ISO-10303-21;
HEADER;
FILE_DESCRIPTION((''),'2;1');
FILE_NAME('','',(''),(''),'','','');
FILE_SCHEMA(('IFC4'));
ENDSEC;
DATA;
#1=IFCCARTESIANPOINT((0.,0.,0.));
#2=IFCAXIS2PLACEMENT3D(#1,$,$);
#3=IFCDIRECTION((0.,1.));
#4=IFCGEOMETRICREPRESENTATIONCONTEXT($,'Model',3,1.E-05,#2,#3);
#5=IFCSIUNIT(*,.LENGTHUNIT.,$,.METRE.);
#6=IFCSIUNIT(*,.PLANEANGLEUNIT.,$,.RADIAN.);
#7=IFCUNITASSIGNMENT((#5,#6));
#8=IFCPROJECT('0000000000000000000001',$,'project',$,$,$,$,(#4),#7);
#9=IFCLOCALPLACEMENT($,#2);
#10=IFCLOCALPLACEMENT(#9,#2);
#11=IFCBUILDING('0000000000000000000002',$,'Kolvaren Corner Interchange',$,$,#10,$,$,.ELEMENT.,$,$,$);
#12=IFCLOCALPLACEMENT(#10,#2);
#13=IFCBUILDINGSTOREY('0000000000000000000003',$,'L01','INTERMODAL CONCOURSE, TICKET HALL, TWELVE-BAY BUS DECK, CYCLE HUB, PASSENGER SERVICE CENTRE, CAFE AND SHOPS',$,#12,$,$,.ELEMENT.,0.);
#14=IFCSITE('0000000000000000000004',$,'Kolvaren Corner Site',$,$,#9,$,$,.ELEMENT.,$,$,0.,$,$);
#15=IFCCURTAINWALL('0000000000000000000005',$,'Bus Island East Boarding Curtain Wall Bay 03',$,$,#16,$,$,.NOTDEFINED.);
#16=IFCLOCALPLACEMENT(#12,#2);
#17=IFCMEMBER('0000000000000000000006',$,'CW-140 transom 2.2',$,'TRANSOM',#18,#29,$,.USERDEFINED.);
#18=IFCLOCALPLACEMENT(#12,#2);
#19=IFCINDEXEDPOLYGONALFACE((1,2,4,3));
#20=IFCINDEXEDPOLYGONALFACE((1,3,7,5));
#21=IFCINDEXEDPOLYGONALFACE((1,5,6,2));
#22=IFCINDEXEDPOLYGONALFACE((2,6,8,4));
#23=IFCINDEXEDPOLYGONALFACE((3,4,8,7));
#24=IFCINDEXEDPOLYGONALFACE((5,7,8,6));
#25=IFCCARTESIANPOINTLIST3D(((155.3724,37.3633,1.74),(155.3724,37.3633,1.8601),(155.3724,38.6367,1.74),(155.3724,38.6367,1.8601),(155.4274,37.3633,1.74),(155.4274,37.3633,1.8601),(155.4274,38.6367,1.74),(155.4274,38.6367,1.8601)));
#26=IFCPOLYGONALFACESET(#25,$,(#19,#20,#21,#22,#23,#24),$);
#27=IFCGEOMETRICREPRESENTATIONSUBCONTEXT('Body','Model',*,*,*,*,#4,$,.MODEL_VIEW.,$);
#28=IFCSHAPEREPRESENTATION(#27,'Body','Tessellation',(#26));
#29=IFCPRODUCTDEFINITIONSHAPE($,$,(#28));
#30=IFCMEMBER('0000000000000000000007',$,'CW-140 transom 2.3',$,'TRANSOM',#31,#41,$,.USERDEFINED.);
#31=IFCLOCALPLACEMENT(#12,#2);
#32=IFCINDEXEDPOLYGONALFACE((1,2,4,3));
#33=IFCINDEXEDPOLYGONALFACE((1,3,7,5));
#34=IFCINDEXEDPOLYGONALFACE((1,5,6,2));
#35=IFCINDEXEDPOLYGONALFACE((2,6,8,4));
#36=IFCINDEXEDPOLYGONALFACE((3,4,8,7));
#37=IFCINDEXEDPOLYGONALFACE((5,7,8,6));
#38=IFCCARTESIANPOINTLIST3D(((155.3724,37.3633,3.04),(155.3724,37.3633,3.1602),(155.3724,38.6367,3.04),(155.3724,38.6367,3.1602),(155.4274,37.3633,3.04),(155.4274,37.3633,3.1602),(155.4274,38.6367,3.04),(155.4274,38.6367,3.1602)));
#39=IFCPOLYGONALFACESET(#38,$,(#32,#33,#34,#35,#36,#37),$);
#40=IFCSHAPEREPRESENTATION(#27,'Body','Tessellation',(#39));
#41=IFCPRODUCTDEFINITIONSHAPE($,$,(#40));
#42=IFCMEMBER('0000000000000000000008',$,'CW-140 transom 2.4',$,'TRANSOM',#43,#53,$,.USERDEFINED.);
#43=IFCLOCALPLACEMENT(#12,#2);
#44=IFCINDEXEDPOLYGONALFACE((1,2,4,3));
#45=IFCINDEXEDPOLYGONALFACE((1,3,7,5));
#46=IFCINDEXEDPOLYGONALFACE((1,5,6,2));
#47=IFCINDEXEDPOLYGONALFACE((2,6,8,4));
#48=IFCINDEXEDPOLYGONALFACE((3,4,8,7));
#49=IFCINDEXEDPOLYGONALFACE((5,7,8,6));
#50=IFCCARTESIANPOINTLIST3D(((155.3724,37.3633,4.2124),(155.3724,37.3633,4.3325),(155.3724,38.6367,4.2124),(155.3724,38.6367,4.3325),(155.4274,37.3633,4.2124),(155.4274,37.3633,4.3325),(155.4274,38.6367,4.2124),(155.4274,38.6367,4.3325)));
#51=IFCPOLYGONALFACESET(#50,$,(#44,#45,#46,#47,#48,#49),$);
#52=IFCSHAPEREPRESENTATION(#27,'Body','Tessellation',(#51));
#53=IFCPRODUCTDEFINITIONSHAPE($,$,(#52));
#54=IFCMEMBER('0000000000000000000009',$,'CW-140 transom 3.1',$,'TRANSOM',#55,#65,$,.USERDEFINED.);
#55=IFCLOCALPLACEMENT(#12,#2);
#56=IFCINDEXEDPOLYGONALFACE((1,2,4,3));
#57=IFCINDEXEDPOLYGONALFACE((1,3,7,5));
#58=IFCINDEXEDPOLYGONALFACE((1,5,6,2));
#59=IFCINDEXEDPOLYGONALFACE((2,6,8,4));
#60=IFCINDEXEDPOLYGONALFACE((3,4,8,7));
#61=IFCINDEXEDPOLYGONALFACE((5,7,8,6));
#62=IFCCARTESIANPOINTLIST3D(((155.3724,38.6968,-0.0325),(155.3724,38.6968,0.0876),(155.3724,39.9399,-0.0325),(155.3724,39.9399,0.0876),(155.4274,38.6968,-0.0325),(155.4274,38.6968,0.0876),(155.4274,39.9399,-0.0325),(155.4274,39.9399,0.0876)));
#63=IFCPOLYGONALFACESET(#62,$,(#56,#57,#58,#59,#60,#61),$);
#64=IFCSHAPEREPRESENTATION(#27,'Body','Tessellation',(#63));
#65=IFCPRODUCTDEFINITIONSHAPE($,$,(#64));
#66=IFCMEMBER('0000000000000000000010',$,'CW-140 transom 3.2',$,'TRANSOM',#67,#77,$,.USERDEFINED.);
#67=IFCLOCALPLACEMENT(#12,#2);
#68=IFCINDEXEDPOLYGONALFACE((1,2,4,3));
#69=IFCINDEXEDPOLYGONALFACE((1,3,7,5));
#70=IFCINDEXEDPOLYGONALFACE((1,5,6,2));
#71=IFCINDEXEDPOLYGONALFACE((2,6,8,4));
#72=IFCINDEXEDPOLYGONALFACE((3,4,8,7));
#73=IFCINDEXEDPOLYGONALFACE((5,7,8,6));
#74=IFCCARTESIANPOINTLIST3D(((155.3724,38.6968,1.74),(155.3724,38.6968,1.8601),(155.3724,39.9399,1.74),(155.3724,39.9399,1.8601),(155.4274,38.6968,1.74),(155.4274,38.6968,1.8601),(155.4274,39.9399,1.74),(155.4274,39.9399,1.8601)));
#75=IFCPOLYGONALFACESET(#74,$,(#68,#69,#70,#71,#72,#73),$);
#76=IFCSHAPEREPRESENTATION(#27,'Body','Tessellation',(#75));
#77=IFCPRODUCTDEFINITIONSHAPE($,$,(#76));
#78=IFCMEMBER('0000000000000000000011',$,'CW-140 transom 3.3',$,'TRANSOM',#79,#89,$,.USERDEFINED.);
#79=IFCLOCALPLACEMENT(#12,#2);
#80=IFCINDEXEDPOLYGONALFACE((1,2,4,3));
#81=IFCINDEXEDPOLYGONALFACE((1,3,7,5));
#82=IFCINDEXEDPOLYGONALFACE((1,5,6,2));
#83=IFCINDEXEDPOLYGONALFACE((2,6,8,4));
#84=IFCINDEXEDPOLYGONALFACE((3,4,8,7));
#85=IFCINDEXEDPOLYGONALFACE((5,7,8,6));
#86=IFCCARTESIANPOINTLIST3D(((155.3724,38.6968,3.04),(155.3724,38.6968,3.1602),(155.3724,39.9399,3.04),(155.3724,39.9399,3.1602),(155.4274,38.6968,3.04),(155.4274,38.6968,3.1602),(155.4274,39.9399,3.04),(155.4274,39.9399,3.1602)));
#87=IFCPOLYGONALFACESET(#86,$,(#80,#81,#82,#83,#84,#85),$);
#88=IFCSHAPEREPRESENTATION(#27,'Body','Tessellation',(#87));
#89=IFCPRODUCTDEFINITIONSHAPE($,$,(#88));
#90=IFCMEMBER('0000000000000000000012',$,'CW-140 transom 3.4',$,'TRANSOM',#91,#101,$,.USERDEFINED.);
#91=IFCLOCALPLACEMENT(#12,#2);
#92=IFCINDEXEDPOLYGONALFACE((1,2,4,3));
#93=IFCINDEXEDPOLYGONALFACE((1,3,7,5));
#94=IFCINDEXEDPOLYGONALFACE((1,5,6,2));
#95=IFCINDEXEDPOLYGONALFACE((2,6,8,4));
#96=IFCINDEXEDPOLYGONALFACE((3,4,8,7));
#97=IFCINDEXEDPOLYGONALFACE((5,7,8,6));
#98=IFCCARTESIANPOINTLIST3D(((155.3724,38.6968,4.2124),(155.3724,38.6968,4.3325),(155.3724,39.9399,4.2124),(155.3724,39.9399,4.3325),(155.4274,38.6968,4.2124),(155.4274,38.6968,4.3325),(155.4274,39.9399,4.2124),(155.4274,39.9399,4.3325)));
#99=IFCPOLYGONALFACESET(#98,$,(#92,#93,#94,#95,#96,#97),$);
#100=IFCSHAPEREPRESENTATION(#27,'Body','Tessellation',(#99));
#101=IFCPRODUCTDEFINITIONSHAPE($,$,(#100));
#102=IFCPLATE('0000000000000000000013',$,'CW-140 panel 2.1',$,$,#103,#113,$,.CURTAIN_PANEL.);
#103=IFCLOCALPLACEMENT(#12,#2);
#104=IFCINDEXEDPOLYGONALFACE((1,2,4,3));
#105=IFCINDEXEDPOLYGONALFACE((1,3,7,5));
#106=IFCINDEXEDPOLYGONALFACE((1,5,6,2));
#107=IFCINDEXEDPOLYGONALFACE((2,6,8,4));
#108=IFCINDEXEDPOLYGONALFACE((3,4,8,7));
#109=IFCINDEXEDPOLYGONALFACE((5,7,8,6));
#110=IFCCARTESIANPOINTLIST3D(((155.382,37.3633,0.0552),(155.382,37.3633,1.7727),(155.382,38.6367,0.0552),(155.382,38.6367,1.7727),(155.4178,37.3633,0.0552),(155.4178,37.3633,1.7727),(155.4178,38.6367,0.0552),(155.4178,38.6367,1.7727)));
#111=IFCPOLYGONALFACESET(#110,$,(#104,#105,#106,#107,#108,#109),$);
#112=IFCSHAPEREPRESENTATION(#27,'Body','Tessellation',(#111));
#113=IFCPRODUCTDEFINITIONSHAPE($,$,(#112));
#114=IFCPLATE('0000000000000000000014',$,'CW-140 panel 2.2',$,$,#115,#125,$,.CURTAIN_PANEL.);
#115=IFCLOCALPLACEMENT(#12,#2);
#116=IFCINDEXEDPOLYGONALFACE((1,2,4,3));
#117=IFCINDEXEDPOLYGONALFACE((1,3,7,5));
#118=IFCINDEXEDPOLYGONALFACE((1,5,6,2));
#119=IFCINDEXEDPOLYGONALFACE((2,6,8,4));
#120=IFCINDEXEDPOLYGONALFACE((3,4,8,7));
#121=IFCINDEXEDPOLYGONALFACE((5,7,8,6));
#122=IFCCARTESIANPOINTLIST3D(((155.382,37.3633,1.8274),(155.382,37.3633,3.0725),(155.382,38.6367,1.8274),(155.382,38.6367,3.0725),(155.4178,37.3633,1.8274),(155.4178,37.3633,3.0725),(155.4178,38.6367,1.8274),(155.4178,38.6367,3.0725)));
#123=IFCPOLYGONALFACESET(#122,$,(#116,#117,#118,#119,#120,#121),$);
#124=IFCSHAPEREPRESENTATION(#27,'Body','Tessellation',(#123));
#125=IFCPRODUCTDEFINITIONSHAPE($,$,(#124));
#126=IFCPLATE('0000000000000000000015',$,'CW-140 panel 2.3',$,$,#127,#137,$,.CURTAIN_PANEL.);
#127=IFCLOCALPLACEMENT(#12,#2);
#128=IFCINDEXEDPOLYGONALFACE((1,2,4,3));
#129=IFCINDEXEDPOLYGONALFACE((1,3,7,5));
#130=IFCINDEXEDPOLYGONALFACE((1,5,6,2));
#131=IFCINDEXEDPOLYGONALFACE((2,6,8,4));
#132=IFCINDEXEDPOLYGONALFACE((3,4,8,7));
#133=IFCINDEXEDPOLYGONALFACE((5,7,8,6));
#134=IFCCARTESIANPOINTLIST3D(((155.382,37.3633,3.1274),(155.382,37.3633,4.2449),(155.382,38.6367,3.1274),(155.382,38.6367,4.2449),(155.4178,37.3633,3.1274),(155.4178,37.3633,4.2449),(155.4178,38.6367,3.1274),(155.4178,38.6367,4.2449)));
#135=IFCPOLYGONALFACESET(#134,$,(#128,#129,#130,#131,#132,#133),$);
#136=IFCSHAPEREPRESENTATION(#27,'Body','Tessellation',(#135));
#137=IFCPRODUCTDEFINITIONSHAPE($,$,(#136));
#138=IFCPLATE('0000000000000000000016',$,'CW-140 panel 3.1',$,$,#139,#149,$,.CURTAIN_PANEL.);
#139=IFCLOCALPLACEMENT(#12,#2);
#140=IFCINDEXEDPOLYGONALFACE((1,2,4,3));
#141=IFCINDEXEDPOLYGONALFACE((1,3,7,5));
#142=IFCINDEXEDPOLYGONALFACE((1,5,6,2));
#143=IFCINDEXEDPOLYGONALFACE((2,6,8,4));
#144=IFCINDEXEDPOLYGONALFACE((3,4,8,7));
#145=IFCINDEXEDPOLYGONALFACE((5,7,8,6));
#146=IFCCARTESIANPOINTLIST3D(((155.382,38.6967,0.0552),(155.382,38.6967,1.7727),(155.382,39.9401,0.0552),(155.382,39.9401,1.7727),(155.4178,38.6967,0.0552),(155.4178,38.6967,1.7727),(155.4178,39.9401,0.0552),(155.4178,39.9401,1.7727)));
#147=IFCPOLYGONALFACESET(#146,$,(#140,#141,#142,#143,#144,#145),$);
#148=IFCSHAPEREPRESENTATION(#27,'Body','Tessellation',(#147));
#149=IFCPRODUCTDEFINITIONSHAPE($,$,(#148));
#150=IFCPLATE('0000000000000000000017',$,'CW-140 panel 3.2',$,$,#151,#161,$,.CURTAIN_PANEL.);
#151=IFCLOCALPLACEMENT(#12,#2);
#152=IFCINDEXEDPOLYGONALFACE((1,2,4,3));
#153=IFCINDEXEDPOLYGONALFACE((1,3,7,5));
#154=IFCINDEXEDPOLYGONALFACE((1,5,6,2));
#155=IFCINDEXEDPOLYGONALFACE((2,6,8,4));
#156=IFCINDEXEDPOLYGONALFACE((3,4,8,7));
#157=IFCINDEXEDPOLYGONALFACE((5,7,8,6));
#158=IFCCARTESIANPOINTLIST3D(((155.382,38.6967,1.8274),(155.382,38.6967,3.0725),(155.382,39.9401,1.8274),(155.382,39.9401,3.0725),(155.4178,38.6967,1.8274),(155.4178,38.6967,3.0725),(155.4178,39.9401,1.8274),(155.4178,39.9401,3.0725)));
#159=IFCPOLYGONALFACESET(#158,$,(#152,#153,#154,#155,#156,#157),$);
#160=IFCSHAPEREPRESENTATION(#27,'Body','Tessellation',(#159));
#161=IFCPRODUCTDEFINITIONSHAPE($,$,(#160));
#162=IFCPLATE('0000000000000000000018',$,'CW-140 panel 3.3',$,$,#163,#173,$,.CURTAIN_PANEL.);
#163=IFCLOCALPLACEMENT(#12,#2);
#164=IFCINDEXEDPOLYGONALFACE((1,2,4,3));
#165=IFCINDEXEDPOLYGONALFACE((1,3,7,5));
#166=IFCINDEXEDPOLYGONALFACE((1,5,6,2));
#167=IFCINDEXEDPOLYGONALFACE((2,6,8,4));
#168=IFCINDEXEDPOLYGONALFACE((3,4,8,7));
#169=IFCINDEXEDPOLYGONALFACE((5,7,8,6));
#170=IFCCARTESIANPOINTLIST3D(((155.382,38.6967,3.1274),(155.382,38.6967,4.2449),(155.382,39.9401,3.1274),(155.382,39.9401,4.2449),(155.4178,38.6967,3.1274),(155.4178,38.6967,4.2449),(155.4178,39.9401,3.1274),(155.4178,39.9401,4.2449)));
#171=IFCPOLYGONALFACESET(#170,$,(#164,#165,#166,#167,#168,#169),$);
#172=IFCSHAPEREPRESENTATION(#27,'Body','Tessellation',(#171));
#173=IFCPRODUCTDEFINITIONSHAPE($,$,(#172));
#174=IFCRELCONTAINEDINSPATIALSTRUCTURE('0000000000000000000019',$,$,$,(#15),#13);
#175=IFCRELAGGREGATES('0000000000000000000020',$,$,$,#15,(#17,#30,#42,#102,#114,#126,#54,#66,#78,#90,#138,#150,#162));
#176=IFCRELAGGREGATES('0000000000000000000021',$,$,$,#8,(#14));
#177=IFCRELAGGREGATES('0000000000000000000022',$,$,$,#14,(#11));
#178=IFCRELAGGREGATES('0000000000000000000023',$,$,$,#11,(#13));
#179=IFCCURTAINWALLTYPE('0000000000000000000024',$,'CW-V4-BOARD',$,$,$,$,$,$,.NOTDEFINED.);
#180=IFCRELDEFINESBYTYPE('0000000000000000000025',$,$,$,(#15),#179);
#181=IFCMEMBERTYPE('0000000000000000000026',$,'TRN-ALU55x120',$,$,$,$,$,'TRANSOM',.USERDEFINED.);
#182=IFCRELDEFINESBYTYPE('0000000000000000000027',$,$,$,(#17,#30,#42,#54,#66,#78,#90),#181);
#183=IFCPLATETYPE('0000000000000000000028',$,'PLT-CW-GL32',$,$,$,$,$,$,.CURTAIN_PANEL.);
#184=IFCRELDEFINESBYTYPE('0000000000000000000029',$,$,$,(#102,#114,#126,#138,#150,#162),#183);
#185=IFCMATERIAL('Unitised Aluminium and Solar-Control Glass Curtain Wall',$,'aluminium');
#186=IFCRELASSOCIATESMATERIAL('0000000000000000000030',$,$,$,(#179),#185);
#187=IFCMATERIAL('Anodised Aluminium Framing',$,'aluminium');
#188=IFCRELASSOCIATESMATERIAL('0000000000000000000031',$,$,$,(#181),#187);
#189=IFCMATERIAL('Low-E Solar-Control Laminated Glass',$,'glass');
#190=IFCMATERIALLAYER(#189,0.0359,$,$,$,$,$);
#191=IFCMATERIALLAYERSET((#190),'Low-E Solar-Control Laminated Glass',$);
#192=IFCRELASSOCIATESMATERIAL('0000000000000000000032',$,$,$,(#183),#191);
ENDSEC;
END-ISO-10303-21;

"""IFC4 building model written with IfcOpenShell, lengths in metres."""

from ifc_helpers import new_model, si_unit, direction, frame, origin, origin_2d, place, context, subcontext, project, spatial, rectangle, extrude, material, layer, layer_set, material_profile, profile_set, type_object, element, aggregate, save


model = new_model("IFC4")

# Units and contexts
model_context = context("Model", 3, precision=1e-05, world=origin(), true_north=direction((0.0, 1.0)))
body_context = subcontext(model_context, "Body", "Model", "MODEL_VIEW")
ifc_project = project(units=[si_unit("LENGTHUNIT", "METRE"), si_unit("PLANEANGLEUNIT", "RADIAN")], contexts=[model_context])

# Site, building, storey
site_placement = place(None, origin())
site = spatial("IfcSite", under=ifc_project, at=site_placement, Name="Kolvaren Corner Site", CompositionType="ELEMENT", RefElevation=0.0)
building_placement = place(site_placement, origin())
building = spatial("IfcBuilding", under=site, at=building_placement, Name="Kolvaren Corner Interchange", CompositionType="ELEMENT")
storey_placement = place(building_placement, origin())
storey = spatial("IfcBuildingStorey", under=building, at=storey_placement, Name="L01", Description="INTERMODAL CONCOURSE, TICKET HALL, TWELVE-BAY BUS DECK, CYCLE HUB, PASSENGER SERVICE CENTRE, CAFE AND SHOPS", CompositionType="ELEMENT", Elevation=0.0)

# Curtain wall
ifc_material_1 = material(Name="Unitised Aluminium and Solar-Control Glass Curtain Wall", Category="aluminium")
curtain_wall_type = type_object("IfcCurtainWallType", Name="CW-V4-BOARD", PredefinedType="NOTDEFINED", material=ifc_material_1)
curtain_wall_1_placement = place(storey_placement, origin())
curtain_wall_1 = element("IfcCurtainWall", 1, at=curtain_wall_1_placement, inside=storey, type_object=curtain_wall_type, Name="Bus Island East Boarding Curtain Wall Bay 03", PredefinedType="NOTDEFINED")

# Members
ifc_material_2 = material(Name="Anodised Aluminium Framing", Category="aluminium")
ifc_material_profile_1 = material_profile(ifc_material_2, rectangle(XDim=0.0549, YDim=0.1201, at=origin_2d()), Name="ALU 55x120")
ifc_profile_set_1 = profile_set([ifc_material_profile_1], Name="Anodised Aluminium Framing")
member_type_1 = type_object("IfcMemberType", Name="TRN-ALU55x120", ElementType="TRANSOM", PredefinedType="USERDEFINED", material=ifc_profile_set_1)
member_1_placement = place(storey_placement, frame((155.3999, 37.3633, 1.8), z_axis=(0.0, 1.0, 0.0), x_axis=(-1.0, 0.0, 0.0)))
member_1 = element("IfcMember", 2, at=member_1_placement, type_object=member_type_1, Name="CW-140 transom 2.2", ObjectType="TRANSOM", PredefinedType="USERDEFINED", context=body_context, shape_type="SweptSolid", body=[
    extrude(rectangle(XDim=0.0549, YDim=0.1201, at=origin_2d()), origin(), (0.0, 0.0, 1.0), 1.2734),
])
member_2_placement = place(storey_placement, frame((155.3999, 37.3633, 3.1001), z_axis=(0.0, 1.0, 0.0), x_axis=(-1.0, 0.0, 0.0)))
member_2 = element("IfcMember", 3, at=member_2_placement, type_object=member_type_1, Name="CW-140 transom 2.3", ObjectType="TRANSOM", PredefinedType="USERDEFINED", context=body_context, shape_type="SweptSolid", body=[
    extrude(rectangle(XDim=0.0549, YDim=0.1201, at=origin_2d()), origin(), (0.0, 0.0, 1.0), 1.2734),
])
member_3_placement = place(storey_placement, frame((155.3999, 37.3633, 4.2725), z_axis=(0.0, 1.0, 0.0), x_axis=(-1.0, 0.0, 0.0)))
member_3 = element("IfcMember", 4, at=member_3_placement, type_object=member_type_1, Name="CW-140 transom 2.4", ObjectType="TRANSOM", PredefinedType="USERDEFINED", context=body_context, shape_type="SweptSolid", body=[
    extrude(rectangle(XDim=0.0549, YDim=0.1201, at=origin_2d()), origin(), (0.0, 0.0, 1.0), 1.2734),
])
member_4_placement = place(storey_placement, frame((155.3999, 38.6968, 0.0276), z_axis=(0.0, 1.0, 0.0), x_axis=(-1.0, 0.0, 0.0)))
member_4 = element("IfcMember", 5, at=member_4_placement, type_object=member_type_1, Name="CW-140 transom 3.1", ObjectType="TRANSOM", PredefinedType="USERDEFINED", context=body_context, shape_type="SweptSolid", body=[
    extrude(rectangle(XDim=0.0549, YDim=0.1201, at=origin_2d()), origin(), (0.0, 0.0, 1.0), 1.2432),
])
member_5_placement = place(storey_placement, frame((155.3999, 38.6968, 1.8), z_axis=(0.0, 1.0, 0.0), x_axis=(-1.0, 0.0, 0.0)))
member_5 = element("IfcMember", 6, at=member_5_placement, type_object=member_type_1, Name="CW-140 transom 3.2", ObjectType="TRANSOM", PredefinedType="USERDEFINED", context=body_context, shape_type="SweptSolid", body=[
    extrude(rectangle(XDim=0.0549, YDim=0.1201, at=origin_2d()), origin(), (0.0, 0.0, 1.0), 1.2432),
])
member_6_placement = place(storey_placement, frame((155.3999, 38.6968, 3.1001), z_axis=(0.0, 1.0, 0.0), x_axis=(-1.0, 0.0, 0.0)))
member_6 = element("IfcMember", 7, at=member_6_placement, type_object=member_type_1, Name="CW-140 transom 3.3", ObjectType="TRANSOM", PredefinedType="USERDEFINED", context=body_context, shape_type="SweptSolid", body=[
    extrude(rectangle(XDim=0.0549, YDim=0.1201, at=origin_2d()), origin(), (0.0, 0.0, 1.0), 1.2432),
])
member_7_placement = place(storey_placement, frame((155.3999, 38.6968, 4.2725), z_axis=(0.0, 1.0, 0.0), x_axis=(-1.0, 0.0, 0.0)))
member_7 = element("IfcMember", 8, at=member_7_placement, type_object=member_type_1, Name="CW-140 transom 3.4", ObjectType="TRANSOM", PredefinedType="USERDEFINED", context=body_context, shape_type="SweptSolid", body=[
    extrude(rectangle(XDim=0.0549, YDim=0.1201, at=origin_2d()), origin(), (0.0, 0.0, 1.0), 1.2432),
])

# Plates
ifc_material_3 = material(Name="Low-E Solar-Control Laminated Glass", Category="glass")
ifc_layer = layer(ifc_material_3, 0.0359)
ifc_layer_set = layer_set([ifc_layer], Name="Low-E Solar-Control Laminated Glass")
plate_type = type_object("IfcPlateType", Name="PLT-CW-GL32", PredefinedType="CURTAIN_PANEL", material=ifc_layer_set)
plate_1_placement = place(storey_placement, frame((155.3999, 38.0, 0.0552), z_axis=(0.0, 0.0, 1.0), x_axis=(0.0, 1.0, 0.0)))
plate_1 = element("IfcPlate", 9, at=plate_1_placement, type_object=plate_type, Name="CW-140 panel 2.1", PredefinedType="CURTAIN_PANEL", context=body_context, shape_type="SweptSolid", body=[
    extrude(rectangle(XDim=1.2734, YDim=0.0359, at=origin_2d()), origin(), (0.0, 0.0, 1.0), 1.7175),
])
plate_2_placement = place(storey_placement, frame((155.3999, 38.0, 1.8274), z_axis=(0.0, 0.0, 1.0), x_axis=(0.0, 1.0, 0.0)))
plate_2 = element("IfcPlate", 10, at=plate_2_placement, type_object=plate_type, Name="CW-140 panel 2.2", PredefinedType="CURTAIN_PANEL", context=body_context, shape_type="SweptSolid", body=[
    extrude(rectangle(XDim=1.2734, YDim=0.0359, at=origin_2d()), origin(), (0.0, 0.0, 1.0), 1.2451),
])
plate_3_placement = place(storey_placement, frame((155.3999, 38.0, 3.1274), z_axis=(0.0, 0.0, 1.0), x_axis=(0.0, 1.0, 0.0)))
plate_3 = element("IfcPlate", 11, at=plate_3_placement, type_object=plate_type, Name="CW-140 panel 2.3", PredefinedType="CURTAIN_PANEL", context=body_context, shape_type="SweptSolid", body=[
    extrude(rectangle(XDim=1.2734, YDim=0.0359, at=origin_2d()), origin(), (0.0, 0.0, 1.0), 1.1174),
])
plate_4_placement = place(storey_placement, frame((155.3999, 39.3184, 0.0552), z_axis=(0.0, 0.0, 1.0), x_axis=(0.0, 1.0, 0.0)))
plate_4 = element("IfcPlate", 12, at=plate_4_placement, type_object=plate_type, Name="CW-140 panel 3.1", PredefinedType="CURTAIN_PANEL", context=body_context, shape_type="SweptSolid", body=[
    extrude(rectangle(XDim=1.2434, YDim=0.0359, at=origin_2d()), origin(), (0.0, 0.0, 1.0), 1.7175),
])
plate_5_placement = place(storey_placement, frame((155.3999, 39.3184, 1.8274), z_axis=(0.0, 0.0, 1.0), x_axis=(0.0, 1.0, 0.0)))
plate_5 = element("IfcPlate", 13, at=plate_5_placement, type_object=plate_type, Name="CW-140 panel 3.2", PredefinedType="CURTAIN_PANEL", context=body_context, shape_type="SweptSolid", body=[
    extrude(rectangle(XDim=1.2434, YDim=0.0359, at=origin_2d()), origin(), (0.0, 0.0, 1.0), 1.2451),
])
plate_6_placement = place(storey_placement, frame((155.3999, 39.3184, 3.1274), z_axis=(0.0, 0.0, 1.0), x_axis=(0.0, 1.0, 0.0)))
plate_6 = element("IfcPlate", 14, at=plate_6_placement, type_object=plate_type, Name="CW-140 panel 3.3", PredefinedType="CURTAIN_PANEL", context=body_context, shape_type="SweptSolid", body=[
    extrude(rectangle(XDim=1.2434, YDim=0.0359, at=origin_2d()), origin(), (0.0, 0.0, 1.0), 1.1174),
])
aggregate(curtain_wall_1, [member_1, member_2, member_3, plate_1, plate_2, plate_3, member_4, member_5, member_6, member_7, plate_4, plate_5, plate_6])

save(model, "model.ifc")
